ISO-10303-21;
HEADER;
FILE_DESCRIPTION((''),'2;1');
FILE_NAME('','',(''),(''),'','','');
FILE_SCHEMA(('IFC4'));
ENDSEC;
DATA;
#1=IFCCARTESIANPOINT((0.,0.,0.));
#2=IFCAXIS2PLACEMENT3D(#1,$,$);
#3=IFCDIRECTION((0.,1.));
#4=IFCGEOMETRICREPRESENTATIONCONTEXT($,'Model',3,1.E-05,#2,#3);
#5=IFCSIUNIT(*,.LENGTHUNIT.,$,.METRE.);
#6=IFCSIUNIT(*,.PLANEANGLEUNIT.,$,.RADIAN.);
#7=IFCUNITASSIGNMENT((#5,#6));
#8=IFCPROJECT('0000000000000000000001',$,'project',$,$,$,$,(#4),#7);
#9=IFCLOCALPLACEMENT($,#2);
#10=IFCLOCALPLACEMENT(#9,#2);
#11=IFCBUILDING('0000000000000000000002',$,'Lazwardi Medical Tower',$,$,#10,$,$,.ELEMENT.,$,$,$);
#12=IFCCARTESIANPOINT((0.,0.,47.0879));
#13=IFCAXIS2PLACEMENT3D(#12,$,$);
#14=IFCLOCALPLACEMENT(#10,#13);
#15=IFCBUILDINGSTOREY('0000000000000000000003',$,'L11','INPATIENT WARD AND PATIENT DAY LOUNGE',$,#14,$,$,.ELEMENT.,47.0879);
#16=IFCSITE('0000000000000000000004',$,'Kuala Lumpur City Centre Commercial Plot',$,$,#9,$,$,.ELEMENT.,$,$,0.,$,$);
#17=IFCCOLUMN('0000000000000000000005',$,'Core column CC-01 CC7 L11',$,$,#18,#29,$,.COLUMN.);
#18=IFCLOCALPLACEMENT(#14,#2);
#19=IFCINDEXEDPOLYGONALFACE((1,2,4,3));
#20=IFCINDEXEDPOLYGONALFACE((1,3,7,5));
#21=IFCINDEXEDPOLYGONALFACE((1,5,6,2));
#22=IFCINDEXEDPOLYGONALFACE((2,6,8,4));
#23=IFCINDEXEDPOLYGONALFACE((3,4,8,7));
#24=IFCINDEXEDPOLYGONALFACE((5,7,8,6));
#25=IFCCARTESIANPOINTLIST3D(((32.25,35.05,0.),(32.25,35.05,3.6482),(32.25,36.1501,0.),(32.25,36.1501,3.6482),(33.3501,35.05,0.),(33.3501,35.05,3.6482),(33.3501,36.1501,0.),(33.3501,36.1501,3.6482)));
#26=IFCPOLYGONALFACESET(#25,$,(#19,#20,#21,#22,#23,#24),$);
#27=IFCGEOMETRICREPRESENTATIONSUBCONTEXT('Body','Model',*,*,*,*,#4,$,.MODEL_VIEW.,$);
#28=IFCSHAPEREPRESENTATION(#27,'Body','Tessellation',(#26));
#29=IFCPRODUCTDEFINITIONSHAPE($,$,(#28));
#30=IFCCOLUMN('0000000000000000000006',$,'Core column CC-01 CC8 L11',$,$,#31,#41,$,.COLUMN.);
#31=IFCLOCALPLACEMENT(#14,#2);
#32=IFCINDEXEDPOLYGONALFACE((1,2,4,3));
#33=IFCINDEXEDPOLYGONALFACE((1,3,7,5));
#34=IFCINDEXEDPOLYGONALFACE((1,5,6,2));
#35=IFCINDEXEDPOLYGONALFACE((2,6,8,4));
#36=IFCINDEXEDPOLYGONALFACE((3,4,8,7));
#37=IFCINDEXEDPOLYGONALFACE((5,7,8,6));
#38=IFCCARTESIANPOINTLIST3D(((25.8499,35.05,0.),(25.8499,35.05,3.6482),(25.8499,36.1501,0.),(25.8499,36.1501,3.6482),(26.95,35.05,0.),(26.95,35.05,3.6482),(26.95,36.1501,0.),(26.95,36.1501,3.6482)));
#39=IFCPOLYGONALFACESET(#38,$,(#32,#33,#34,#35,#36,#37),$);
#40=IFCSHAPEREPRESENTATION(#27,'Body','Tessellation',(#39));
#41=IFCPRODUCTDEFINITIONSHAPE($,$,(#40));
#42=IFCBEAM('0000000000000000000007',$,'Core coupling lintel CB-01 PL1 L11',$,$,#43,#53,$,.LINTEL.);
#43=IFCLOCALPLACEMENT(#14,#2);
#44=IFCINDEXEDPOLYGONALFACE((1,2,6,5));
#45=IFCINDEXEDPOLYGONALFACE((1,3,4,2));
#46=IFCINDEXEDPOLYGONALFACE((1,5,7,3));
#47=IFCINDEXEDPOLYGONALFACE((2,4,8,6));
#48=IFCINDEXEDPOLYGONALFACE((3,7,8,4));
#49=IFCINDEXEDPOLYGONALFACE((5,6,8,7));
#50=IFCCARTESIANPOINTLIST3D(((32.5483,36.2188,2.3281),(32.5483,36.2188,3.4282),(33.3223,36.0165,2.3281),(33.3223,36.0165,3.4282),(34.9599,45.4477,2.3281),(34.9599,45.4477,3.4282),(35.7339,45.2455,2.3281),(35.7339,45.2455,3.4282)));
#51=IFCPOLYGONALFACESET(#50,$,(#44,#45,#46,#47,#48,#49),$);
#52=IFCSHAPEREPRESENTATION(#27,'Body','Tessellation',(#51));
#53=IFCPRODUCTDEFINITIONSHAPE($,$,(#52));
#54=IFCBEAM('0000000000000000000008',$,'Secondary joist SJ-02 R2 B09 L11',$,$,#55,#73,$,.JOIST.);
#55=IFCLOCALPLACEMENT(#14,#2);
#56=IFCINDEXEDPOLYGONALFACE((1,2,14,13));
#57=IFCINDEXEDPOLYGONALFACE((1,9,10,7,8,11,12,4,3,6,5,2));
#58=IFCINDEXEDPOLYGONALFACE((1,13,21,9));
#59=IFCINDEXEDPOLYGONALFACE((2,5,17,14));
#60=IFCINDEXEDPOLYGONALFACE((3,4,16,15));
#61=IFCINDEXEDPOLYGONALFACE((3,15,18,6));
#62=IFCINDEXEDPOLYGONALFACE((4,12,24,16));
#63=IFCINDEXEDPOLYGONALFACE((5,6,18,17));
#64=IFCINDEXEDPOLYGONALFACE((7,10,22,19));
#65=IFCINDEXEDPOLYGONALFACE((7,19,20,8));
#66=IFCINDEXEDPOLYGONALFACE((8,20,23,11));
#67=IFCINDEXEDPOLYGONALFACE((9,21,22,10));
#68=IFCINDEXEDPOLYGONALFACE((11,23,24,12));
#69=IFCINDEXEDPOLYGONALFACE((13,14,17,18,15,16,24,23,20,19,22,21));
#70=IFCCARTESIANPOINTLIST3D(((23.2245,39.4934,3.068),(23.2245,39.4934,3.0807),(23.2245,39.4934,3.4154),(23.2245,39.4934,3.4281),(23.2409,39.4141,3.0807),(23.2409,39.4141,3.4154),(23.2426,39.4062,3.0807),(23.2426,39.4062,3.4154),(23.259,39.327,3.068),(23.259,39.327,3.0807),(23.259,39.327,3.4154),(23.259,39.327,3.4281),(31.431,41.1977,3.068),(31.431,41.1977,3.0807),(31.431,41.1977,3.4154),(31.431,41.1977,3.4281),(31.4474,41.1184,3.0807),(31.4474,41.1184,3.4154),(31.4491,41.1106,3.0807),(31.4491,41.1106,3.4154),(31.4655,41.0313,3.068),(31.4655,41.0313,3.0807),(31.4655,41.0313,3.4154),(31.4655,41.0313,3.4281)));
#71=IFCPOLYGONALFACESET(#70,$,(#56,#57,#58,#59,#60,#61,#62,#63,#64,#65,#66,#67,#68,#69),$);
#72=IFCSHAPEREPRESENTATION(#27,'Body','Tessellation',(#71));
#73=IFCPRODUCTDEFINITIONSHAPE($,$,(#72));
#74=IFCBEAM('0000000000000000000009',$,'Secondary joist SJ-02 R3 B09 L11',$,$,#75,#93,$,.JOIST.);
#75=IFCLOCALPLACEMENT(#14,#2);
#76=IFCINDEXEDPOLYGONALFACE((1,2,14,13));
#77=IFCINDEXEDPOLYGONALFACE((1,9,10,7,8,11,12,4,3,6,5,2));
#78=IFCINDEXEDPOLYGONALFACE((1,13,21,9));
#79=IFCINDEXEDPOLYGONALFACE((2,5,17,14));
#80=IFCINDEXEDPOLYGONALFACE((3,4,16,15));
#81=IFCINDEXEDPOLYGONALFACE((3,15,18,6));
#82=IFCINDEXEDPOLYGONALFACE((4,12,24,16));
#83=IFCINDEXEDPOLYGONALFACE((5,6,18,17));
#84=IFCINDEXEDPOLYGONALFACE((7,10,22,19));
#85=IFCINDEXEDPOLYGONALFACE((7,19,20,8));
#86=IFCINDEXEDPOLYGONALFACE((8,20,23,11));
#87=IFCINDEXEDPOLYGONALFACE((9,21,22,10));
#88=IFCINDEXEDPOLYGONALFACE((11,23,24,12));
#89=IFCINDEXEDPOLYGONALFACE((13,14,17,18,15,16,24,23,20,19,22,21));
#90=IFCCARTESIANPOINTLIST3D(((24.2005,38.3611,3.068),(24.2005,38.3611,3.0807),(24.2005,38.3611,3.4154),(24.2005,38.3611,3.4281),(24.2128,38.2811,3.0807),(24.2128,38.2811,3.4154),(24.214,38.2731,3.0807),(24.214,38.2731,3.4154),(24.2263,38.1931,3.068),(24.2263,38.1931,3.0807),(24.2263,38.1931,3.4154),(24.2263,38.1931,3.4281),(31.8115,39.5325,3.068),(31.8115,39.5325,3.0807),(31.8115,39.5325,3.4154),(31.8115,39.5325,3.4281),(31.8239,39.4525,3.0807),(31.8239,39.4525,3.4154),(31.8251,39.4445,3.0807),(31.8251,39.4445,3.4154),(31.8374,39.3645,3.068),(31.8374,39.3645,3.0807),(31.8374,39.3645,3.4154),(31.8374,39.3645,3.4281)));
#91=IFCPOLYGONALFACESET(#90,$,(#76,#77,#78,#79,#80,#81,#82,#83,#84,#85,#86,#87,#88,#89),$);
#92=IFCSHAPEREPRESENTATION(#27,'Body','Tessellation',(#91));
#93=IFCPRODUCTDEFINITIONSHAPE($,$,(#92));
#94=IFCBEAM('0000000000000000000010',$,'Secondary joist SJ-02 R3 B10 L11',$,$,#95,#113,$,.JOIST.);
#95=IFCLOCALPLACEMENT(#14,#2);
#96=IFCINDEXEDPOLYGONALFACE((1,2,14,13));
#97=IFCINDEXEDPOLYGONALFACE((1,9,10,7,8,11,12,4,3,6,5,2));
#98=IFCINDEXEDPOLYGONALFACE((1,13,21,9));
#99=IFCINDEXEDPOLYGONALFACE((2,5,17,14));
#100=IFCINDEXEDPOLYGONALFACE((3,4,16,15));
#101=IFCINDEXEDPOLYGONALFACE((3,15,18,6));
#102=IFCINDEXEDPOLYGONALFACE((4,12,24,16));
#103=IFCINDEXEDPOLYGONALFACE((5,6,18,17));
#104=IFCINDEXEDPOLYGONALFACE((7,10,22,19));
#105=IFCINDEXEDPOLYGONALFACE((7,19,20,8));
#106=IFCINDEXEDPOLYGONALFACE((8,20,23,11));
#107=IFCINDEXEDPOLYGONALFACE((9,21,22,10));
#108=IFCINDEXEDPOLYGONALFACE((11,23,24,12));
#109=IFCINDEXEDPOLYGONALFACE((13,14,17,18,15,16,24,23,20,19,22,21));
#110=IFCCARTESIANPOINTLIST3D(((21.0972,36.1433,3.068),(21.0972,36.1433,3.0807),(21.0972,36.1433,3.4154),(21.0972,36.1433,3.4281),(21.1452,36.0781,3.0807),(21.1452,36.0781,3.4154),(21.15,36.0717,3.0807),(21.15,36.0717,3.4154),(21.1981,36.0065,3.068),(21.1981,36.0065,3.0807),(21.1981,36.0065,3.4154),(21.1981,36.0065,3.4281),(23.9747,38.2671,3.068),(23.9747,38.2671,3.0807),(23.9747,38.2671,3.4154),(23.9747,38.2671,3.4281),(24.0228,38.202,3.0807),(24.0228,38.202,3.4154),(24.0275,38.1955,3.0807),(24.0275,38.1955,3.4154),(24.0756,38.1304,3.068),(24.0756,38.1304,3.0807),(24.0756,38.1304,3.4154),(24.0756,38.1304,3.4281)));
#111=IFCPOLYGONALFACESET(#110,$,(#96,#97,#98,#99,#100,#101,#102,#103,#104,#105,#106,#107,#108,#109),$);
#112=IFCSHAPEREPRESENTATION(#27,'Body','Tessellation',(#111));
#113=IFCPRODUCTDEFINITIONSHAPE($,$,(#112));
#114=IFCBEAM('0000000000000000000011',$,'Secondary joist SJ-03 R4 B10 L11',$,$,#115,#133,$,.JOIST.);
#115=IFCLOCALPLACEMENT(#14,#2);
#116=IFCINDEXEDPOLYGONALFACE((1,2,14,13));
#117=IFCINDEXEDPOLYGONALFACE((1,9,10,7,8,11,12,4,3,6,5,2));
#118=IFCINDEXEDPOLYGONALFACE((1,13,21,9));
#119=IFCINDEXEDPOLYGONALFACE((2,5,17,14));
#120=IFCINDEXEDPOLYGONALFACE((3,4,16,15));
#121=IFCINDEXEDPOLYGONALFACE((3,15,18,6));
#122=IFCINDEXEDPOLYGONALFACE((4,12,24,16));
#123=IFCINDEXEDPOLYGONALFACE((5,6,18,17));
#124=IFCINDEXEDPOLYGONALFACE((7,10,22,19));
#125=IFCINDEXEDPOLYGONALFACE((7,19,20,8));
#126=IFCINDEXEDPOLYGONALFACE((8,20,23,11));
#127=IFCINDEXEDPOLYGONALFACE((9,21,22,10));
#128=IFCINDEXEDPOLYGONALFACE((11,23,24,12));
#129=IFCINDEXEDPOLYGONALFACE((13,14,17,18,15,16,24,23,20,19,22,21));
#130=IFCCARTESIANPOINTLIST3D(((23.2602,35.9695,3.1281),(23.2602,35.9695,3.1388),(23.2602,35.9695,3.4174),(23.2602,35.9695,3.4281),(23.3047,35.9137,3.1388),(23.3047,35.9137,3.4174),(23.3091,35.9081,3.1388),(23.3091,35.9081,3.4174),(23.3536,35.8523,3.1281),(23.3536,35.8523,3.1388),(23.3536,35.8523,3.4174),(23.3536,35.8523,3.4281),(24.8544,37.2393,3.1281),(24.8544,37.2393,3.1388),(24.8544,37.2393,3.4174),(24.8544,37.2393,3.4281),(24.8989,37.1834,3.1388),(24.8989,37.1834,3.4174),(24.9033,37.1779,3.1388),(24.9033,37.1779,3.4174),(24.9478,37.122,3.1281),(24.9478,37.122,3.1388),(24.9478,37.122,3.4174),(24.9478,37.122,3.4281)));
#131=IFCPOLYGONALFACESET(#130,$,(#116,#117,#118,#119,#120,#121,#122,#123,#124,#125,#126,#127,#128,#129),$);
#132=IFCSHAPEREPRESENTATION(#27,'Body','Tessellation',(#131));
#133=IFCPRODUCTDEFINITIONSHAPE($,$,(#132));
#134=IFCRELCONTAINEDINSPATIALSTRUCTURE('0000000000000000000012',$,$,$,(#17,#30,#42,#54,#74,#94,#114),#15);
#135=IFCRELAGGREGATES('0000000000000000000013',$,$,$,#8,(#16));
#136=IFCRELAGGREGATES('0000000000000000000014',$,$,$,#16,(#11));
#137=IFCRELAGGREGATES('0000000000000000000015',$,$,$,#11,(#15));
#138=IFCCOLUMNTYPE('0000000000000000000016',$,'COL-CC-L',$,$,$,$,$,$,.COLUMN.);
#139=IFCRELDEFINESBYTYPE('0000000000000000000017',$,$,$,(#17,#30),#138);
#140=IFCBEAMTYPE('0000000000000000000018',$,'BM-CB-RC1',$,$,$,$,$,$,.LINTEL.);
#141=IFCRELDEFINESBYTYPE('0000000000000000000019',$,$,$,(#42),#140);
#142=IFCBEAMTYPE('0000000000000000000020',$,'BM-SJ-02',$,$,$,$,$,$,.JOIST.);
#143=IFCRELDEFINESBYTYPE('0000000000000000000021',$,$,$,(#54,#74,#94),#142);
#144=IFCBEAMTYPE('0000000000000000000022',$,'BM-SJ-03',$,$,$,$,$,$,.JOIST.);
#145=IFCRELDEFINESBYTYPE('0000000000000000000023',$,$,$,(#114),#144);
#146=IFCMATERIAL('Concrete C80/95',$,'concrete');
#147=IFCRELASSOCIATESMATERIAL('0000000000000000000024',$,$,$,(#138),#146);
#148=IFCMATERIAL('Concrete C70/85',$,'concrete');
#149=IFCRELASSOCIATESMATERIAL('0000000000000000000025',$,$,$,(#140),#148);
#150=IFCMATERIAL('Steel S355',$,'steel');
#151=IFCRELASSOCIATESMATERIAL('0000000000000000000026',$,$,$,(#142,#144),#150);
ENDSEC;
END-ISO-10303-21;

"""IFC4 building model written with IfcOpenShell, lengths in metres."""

from ifc_helpers import new_model, si_unit, direction, frame, origin, origin_2d, place, context, subcontext, project, spatial, rectangle, i_section, extrude, material, material_profile, profile_set, type_object, element, save


model = new_model("IFC4")

# Units and contexts
model_context = context("Model", 3, precision=1e-05, world=origin(), true_north=direction((0.0, 1.0)))
body_context = subcontext(model_context, "Body", "Model", "MODEL_VIEW")
ifc_project = project(units=[si_unit("LENGTHUNIT", "METRE"), si_unit("PLANEANGLEUNIT", "RADIAN")], contexts=[model_context])

# Site, building, storey
site_placement = place(None, origin())
site = spatial("IfcSite", under=ifc_project, at=site_placement, Name="Kuala Lumpur City Centre Commercial Plot", CompositionType="ELEMENT", RefElevation=0.0)
building_placement = place(site_placement, origin())
building = spatial("IfcBuilding", under=site, at=building_placement, Name="Lazwardi Medical Tower", CompositionType="ELEMENT")
storey_placement = place(building_placement, frame((0.0, 0.0, 47.0879)))
storey = spatial("IfcBuildingStorey", under=building, at=storey_placement, Name="L11", Description="INPATIENT WARD AND PATIENT DAY LOUNGE", CompositionType="ELEMENT", Elevation=47.0879)

# Columns
ifc_material_1 = material(Name="Concrete C80/95", Category="concrete")
ifc_material_profile_1 = material_profile(ifc_material_1, rectangle(XDim=1.1001, YDim=1.1001, at=origin_2d()), Name="RC 1100x1100")
ifc_profile_set_1 = profile_set([ifc_material_profile_1], Name="Concrete C80/95")
column_type = type_object("IfcColumnType", Name="COL-CC-L", PredefinedType="COLUMN", material=ifc_profile_set_1)
for number, where, z_axis, x_axis, name in (
    (1, (32.8, 35.6001, 0.0), (0.0, 0.0, 1.0), (1.0, 0.0, 0.0), "Core column CC-01 CC7 L11"),
    (2, (26.3999, 35.6001, 0.0), (0.0, 0.0, 1.0), (1.0, 0.0, 0.0), "Core column CC-01 CC8 L11"),
):
    element("IfcColumn", number, at=place(storey_placement, frame(where, z_axis=z_axis, x_axis=x_axis)), inside=storey, type_object=column_type, Name=name, PredefinedType="COLUMN", context=body_context, shape_type="SweptSolid", body=[
        extrude(rectangle(XDim=1.1001, YDim=1.1001, at=origin_2d()), origin(), (0.0, 0.0, 1.0), 3.6482),
    ])

# Beams
ifc_material_2 = material(Name="Concrete C70/85", Category="concrete")
ifc_material_profile_2 = material_profile(ifc_material_2, rectangle(XDim=0.8, YDim=1.1001, at=origin_2d()), Name="RC 800x1100")
ifc_profile_set_2 = profile_set([ifc_material_profile_2], Name="Concrete C70/85")
beam_type_1 = type_object("IfcBeamType", Name="BM-CB-RC1", PredefinedType="LINTEL", material=ifc_profile_set_2)
beam_1_placement = place(storey_placement, frame((32.9353, 36.1177, 2.8782), z_axis=(0.25282, 0.967513, 0.0), x_axis=(-0.967513, 0.25282, 0.0)))
element("IfcBeam", 3, at=beam_1_placement, inside=storey, type_object=beam_type_1, Name="Core coupling lintel CB-01 PL1 L11", PredefinedType="LINTEL", context=body_context, shape_type="SweptSolid", body=[
    extrude(rectangle(XDim=0.8, YDim=1.1001, at=origin_2d()), origin(), (0.0, 0.0, 1.0), 9.5388),
])
ifc_material_3 = material(Name="Steel S355", Category="steel")
ifc_material_profile_3 = material_profile(ifc_material_3, i_section(OverallWidth=0.1699, OverallDepth=0.3601, WebThickness=0.0081, FlangeThickness=0.0127, at=origin_2d()), Name="IPE 360")
ifc_profile_set_3 = profile_set([ifc_material_profile_3], Name="Steel S355")
beam_type_2 = type_object("IfcBeamType", Name="BM-SJ-02", PredefinedType="JOIST", material=ifc_profile_set_3)
beam_2_placement = place(storey_placement, frame((31.4482, 41.1145, 3.248), z_axis=(-0.979108, -0.203342, 0.0), x_axis=(0.203342, -0.979108, 0.0)))
element("IfcBeam", 4, at=beam_2_placement, inside=storey, type_object=beam_type_2, Name="Secondary joist SJ-02 R2 B09 L11", PredefinedType="JOIST", context=body_context, shape_type="SweptSolid", body=[
    extrude(i_section(OverallWidth=0.1699, OverallDepth=0.3601, WebThickness=0.0081, FlangeThickness=0.0127, at=origin_2d()), origin(), (0.0, 0.0, 1.0), 8.3816),
])
beam_3_placement = place(storey_placement, frame((31.8245, 39.4485, 3.248), z_axis=(-0.988363, -0.152114, 0.0), x_axis=(0.152114, -0.988363, 0.0)))
element("IfcBeam", 5, at=beam_3_placement, inside=storey, type_object=beam_type_2, Name="Secondary joist SJ-02 R3 B09 L11", PredefinedType="JOIST", context=body_context, shape_type="SweptSolid", body=[
    extrude(i_section(OverallWidth=0.1699, OverallDepth=0.3601, WebThickness=0.0081, FlangeThickness=0.0127, at=origin_2d()), origin(), (0.0, 0.0, 1.0), 7.7007),
])
beam_4_placement = place(storey_placement, frame((24.0251, 38.1987, 3.248), z_axis=(-0.80458, -0.593844, 0.0), x_axis=(0.593844, -0.80458, 0.0)))
element("IfcBeam", 6, at=beam_4_placement, inside=storey, type_object=beam_type_2, Name="Secondary joist SJ-02 R3 B10 L11", PredefinedType="JOIST", context=body_context, shape_type="SweptSolid", body=[
    extrude(i_section(OverallWidth=0.1699, OverallDepth=0.3601, WebThickness=0.0081, FlangeThickness=0.0127, at=origin_2d()), origin(), (0.0, 0.0, 1.0), 3.5764),
])
ifc_material_profile_4 = material_profile(ifc_material_3, i_section(OverallWidth=0.1499, OverallDepth=0.3, WebThickness=0.0071, FlangeThickness=0.0107, at=origin_2d()), Name="IPE 300")
ifc_profile_set_4 = profile_set([ifc_material_profile_4], Name="Steel S355")
beam_type_3 = type_object("IfcBeamType", Name="BM-SJ-03", PredefinedType="JOIST", material=ifc_profile_set_4)
beam_5_placement = place(storey_placement, frame((24.9011, 37.1807, 3.2781), z_axis=(-0.782211, -0.623014, 0.0), x_axis=(0.623014, -0.782211, 0.0)))
element("IfcBeam", 7, at=beam_5_placement, inside=storey, type_object=beam_type_3, Name="Secondary joist SJ-03 R4 B10 L11", PredefinedType="JOIST", context=body_context, shape_type="SweptSolid", body=[
    extrude(i_section(OverallWidth=0.1499, OverallDepth=0.3, WebThickness=0.0071, FlangeThickness=0.0107, at=origin_2d()), origin(), (0.0, 0.0, 1.0), 2.0381),
])

save(model, "model.ifc")
